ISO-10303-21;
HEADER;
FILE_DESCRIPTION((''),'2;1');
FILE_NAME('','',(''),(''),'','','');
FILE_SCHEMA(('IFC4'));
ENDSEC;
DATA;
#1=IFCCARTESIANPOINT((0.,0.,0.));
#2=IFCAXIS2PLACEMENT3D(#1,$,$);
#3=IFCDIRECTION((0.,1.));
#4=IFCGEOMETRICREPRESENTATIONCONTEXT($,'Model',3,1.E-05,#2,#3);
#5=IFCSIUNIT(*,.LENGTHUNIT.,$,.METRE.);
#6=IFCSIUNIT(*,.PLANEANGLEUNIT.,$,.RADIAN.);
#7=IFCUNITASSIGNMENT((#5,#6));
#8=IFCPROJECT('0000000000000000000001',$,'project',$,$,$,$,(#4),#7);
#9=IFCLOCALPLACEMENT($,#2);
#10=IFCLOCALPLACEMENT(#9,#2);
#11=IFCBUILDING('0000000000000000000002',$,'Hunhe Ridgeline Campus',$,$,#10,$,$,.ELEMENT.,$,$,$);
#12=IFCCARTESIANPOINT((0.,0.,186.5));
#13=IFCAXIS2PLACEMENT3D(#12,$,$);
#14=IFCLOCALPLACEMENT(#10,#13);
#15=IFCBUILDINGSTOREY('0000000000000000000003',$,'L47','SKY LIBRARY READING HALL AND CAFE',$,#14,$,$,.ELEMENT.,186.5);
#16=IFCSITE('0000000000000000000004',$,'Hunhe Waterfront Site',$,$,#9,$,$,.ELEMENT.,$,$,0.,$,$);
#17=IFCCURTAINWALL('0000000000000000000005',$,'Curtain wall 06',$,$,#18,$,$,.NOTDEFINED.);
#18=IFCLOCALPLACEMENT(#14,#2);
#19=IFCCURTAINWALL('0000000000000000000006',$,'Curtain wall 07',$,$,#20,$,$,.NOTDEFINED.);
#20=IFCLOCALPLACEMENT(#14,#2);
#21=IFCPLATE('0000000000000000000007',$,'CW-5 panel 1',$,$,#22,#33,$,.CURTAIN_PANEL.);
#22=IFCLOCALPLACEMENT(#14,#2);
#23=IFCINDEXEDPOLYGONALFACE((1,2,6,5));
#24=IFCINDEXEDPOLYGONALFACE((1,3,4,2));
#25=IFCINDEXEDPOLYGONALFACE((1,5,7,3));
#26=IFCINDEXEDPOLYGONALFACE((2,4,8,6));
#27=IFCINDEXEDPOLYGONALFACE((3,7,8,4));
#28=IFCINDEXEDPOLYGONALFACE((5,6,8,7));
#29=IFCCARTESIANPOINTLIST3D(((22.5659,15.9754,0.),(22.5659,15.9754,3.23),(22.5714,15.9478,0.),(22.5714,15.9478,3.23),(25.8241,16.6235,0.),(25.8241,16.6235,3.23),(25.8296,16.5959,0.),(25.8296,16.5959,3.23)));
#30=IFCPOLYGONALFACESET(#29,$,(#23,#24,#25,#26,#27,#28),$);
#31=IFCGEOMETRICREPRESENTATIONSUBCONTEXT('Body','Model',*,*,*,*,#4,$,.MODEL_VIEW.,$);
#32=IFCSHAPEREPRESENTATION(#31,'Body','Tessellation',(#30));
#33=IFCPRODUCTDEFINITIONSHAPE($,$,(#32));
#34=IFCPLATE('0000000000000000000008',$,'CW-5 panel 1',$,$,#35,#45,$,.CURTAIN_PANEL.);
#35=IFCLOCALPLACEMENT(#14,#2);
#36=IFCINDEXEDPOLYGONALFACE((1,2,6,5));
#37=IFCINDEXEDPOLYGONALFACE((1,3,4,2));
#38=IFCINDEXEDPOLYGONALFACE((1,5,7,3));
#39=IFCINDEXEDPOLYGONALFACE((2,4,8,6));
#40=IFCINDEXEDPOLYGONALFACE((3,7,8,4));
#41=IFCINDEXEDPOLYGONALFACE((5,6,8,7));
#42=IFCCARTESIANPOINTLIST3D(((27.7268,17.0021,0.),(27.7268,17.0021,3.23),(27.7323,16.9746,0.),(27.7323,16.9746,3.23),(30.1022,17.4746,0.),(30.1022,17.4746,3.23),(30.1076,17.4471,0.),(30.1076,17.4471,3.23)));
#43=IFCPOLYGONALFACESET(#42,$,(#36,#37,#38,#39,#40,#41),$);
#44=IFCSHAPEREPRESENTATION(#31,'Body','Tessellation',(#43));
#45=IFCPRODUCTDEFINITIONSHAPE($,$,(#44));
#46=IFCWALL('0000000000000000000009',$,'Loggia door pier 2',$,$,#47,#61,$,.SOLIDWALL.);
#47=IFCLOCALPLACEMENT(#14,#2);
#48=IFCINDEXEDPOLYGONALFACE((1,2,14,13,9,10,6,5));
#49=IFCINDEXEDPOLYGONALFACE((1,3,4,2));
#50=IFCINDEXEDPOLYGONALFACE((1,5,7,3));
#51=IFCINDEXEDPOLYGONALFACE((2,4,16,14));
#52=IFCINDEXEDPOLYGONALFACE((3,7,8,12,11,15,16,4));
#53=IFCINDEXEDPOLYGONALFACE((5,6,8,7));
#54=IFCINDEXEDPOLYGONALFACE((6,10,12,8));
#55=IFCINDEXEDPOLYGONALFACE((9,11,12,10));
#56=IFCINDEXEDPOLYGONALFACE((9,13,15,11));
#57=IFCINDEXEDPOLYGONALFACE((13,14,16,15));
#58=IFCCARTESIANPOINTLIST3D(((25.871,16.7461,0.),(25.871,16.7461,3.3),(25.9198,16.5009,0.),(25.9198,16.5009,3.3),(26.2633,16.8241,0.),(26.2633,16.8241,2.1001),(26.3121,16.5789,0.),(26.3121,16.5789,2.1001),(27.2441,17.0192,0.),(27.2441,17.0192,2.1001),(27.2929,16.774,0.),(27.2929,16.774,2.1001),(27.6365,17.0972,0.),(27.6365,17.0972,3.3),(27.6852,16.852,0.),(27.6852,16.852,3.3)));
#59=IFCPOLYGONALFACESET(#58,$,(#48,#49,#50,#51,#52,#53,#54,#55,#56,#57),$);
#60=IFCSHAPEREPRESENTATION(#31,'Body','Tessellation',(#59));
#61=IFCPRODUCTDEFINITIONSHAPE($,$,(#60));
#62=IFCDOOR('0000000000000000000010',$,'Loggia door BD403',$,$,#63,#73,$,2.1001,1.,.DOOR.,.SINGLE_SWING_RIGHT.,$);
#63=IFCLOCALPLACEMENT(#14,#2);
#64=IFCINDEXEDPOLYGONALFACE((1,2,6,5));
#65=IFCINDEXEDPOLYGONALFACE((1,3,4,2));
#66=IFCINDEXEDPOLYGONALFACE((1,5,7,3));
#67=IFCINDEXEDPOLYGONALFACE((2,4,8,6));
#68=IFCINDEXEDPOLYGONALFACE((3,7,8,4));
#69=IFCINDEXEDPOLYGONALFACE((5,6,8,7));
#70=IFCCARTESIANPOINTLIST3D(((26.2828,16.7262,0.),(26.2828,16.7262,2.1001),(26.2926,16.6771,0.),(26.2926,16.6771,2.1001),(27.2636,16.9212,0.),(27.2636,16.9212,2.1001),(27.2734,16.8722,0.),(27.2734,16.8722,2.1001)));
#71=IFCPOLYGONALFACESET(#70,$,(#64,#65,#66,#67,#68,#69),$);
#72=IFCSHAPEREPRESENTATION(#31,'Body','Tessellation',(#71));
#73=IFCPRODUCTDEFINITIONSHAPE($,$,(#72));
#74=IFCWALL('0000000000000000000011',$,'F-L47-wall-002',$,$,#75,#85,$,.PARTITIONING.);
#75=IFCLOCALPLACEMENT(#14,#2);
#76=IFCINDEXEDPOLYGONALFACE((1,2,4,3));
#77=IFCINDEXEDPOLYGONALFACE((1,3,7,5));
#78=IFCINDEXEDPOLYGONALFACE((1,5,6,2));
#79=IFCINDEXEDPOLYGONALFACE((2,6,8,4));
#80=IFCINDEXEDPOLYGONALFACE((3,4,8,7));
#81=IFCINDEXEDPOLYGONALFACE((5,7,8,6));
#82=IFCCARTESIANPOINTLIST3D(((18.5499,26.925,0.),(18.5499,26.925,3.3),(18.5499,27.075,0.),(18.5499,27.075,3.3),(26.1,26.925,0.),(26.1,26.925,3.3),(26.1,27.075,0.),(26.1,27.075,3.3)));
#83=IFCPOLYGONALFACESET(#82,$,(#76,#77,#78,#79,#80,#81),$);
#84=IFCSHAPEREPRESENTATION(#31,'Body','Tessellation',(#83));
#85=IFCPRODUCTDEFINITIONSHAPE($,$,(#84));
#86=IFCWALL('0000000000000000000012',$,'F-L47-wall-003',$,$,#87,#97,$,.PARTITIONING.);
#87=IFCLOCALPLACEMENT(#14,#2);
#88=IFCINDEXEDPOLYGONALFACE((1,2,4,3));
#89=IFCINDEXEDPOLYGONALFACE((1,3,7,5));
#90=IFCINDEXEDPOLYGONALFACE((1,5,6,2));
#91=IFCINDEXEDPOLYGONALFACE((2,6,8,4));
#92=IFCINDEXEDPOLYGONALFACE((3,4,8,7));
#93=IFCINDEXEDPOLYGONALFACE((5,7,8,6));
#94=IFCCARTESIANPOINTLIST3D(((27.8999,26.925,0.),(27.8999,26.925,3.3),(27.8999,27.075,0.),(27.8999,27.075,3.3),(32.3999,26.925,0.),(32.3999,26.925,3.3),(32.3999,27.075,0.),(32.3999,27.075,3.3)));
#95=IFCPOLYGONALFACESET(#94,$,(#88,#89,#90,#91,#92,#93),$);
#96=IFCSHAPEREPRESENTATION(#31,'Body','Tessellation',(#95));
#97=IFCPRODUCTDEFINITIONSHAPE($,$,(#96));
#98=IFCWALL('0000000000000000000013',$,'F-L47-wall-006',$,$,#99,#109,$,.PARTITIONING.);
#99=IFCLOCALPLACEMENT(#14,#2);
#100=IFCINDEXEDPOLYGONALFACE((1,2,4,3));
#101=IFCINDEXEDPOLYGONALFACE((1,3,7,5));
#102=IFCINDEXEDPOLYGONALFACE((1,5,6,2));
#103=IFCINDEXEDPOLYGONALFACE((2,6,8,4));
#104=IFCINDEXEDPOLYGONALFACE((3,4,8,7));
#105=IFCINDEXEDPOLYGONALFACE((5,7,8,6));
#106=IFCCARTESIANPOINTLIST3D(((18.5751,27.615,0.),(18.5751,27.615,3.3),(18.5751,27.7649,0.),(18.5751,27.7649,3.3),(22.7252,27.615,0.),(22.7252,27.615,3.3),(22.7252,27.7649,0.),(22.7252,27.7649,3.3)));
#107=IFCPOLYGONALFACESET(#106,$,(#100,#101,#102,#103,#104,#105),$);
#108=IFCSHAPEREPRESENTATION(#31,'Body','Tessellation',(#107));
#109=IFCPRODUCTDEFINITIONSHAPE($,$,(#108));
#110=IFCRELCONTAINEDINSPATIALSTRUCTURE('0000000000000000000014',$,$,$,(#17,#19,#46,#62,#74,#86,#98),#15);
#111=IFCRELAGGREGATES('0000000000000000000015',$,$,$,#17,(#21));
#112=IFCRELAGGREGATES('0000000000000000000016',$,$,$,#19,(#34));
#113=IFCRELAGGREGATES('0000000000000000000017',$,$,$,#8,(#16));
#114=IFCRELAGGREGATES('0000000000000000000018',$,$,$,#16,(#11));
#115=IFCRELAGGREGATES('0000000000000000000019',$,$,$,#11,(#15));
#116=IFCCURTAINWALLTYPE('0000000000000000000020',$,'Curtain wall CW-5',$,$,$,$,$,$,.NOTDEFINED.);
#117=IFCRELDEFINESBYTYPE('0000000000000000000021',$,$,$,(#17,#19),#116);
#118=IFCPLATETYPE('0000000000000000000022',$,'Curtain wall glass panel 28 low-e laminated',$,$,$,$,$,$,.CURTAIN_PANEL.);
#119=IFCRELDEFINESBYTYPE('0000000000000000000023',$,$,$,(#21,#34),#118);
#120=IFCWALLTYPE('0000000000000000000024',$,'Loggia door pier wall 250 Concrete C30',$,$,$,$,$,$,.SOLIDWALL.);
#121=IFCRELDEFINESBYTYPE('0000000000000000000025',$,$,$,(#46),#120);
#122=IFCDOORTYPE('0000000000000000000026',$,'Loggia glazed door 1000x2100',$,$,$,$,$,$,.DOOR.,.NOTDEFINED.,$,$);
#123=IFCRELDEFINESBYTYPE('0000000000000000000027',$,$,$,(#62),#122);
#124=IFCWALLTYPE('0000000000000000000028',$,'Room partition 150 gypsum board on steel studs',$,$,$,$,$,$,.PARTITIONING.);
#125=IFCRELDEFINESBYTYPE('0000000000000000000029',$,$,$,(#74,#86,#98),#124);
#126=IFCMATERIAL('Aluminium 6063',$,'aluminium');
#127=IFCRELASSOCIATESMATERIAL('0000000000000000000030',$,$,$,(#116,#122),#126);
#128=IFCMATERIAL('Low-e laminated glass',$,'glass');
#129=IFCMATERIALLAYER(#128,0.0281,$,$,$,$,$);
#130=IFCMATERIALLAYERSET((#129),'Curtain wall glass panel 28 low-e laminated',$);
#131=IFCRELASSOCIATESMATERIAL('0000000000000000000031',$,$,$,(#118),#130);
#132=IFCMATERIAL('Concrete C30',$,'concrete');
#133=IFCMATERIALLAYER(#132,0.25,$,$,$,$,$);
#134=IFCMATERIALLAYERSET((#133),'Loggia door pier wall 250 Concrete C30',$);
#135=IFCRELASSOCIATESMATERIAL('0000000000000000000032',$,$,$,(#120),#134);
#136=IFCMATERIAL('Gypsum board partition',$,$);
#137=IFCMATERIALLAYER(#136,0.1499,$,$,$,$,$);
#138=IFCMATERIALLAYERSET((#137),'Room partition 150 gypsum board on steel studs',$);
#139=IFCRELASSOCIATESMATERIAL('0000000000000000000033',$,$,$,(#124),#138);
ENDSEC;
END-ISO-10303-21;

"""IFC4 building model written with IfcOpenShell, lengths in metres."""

from ifc_helpers import new_model, si_unit, direction, frame, frame_2d, origin, origin_2d, place, context, subcontext, project, spatial, rectangle, extrude, material, layer, layer_set, type_object, element, fill, aggregate, save


model = new_model("IFC4")

# Units and contexts
model_context = context("Model", 3, precision=1e-05, world=origin(), true_north=direction((0.0, 1.0)))
body_context = subcontext(model_context, "Body", "Model", "MODEL_VIEW")
ifc_project = project(units=[si_unit("LENGTHUNIT", "METRE"), si_unit("PLANEANGLEUNIT", "RADIAN")], contexts=[model_context])

# Site, building, storey
site_placement = place(None, origin())
site = spatial("IfcSite", under=ifc_project, at=site_placement, Name="Hunhe Waterfront Site", CompositionType="ELEMENT", RefElevation=0.0)
building_placement = place(site_placement, origin())
building = spatial("IfcBuilding", under=site, at=building_placement, Name="Hunhe Ridgeline Campus", CompositionType="ELEMENT")
storey_placement = place(building_placement, frame((0.0, 0.0, 186.5)))
storey = spatial("IfcBuildingStorey", under=building, at=storey_placement, Name="L47", Description="SKY LIBRARY READING HALL AND CAFE", CompositionType="ELEMENT", Elevation=186.5)

# Curtain walls
ifc_material_1 = material(Name="Aluminium 6063", Category="aluminium")
curtain_wall_type = type_object("IfcCurtainWallType", Name="Curtain wall CW-5", PredefinedType="NOTDEFINED", material=ifc_material_1)
curtain_wall_1_placement = place(storey_placement, origin())
curtain_wall_1 = element("IfcCurtainWall", 1, at=curtain_wall_1_placement, inside=storey, type_object=curtain_wall_type, Name="Curtain wall 06", PredefinedType="NOTDEFINED")
curtain_wall_2_placement = place(storey_placement, origin())
curtain_wall_2 = element("IfcCurtainWall", 2, at=curtain_wall_2_placement, inside=storey, type_object=curtain_wall_type, Name="Curtain wall 07", PredefinedType="NOTDEFINED")

# Plates
ifc_material_2 = material(Name="Low-e laminated glass", Category="glass")
ifc_layer_1 = layer(ifc_material_2, 0.0281)
ifc_layer_set_1 = layer_set([ifc_layer_1], Name="Curtain wall glass panel 28 low-e laminated")
plate_type = type_object("IfcPlateType", Name="Curtain wall glass panel 28 low-e laminated", PredefinedType="CURTAIN_PANEL", material=ifc_layer_set_1)
plate_1_placement = place(storey_placement, frame((24.1978, 16.2856, 0.0), z_axis=(0.0, 0.0, 1.0), x_axis=(0.980785, 0.19509, 0.0)))
plate_1 = element("IfcPlate", 3, at=plate_1_placement, type_object=plate_type, Name="CW-5 panel 1", PredefinedType="CURTAIN_PANEL", context=body_context, shape_type="SweptSolid", body=[
    extrude(rectangle(XDim=3.322, YDim=0.0281, at=origin_2d()), origin(), (0.0, 0.0, 1.0), 3.23),
])
aggregate(curtain_wall_1, [plate_1])
plate_2_placement = place(storey_placement, frame((28.9172, 17.2246, 0.0), z_axis=(0.0, 0.0, 1.0), x_axis=(0.980785, 0.195091, 0.0)))
plate_2 = element("IfcPlate", 4, at=plate_2_placement, type_object=plate_type, Name="CW-5 panel 1", PredefinedType="CURTAIN_PANEL", context=body_context, shape_type="SweptSolid", body=[
    extrude(rectangle(XDim=2.4219, YDim=0.0281, at=origin_2d()), origin(), (0.0, 0.0, 1.0), 3.23),
])
aggregate(curtain_wall_2, [plate_2])

# Wall, opening, door
ifc_material_3 = material(Name="Concrete C30", Category="concrete")
ifc_layer_2 = layer(ifc_material_3, 0.25)
ifc_layer_set_2 = layer_set([ifc_layer_2], Name="Loggia door pier wall 250 Concrete C30")
wall_type_1 = type_object("IfcWallType", Name="Loggia door pier wall 250 Concrete C30", PredefinedType="SOLIDWALL", material=ifc_layer_set_2)
wall_1_placement = place(storey_placement, frame((25.8955, 16.6235, 0.0), z_axis=(0.0, 0.0, 1.0), x_axis=(0.980794, 0.195047, 0.0)))
wall_1 = element("IfcWall", 5, at=wall_1_placement, inside=storey, type_object=wall_type_1, Name="Loggia door pier 2", PredefinedType="SOLIDWALL", context=body_context, shape_type="SweptSolid", body=[
    extrude(rectangle(XDim=1.8, YDim=0.25, at=frame_2d((0.8999, 0.0))), origin(), (0.0, 0.0, 1.0), 3.3),
])
opening_placement = place(wall_1_placement, frame((0.3999, 0.0, 0.0)))
opening = element("IfcOpeningElement", 6, at=opening_placement, cuts=wall_1, PredefinedType="OPENING", context=body_context, shape_type="SweptSolid", body=[
    extrude(rectangle(XDim=1.0, YDim=2.1001, at=frame_2d((0.5, 1.05))), frame((0.0, 0.125, 0.0), z_axis=(0.0, -1.0, 0.0), x_axis=(1.0, 0.0, 0.0)), (0.0, 0.0, 1.0), 0.25),
])
door_type = type_object("IfcDoorType", Name="Loggia glazed door 1000x2100", OperationType="NOTDEFINED", PredefinedType="DOOR", material=ifc_material_1)
door_placement = place(opening_placement, frame((1.0, 0.0, 0.0), z_axis=(0.0, 0.0, 1.0), x_axis=(-1.0, 0.0, 0.0)))
door = element("IfcDoor", 7, at=door_placement, inside=storey, type_object=door_type, Name="Loggia door BD403", OperationType="SINGLE_SWING_RIGHT", OverallHeight=2.1001, OverallWidth=1.0, PredefinedType="DOOR", context=body_context, shape_type="SweptSolid", body=[
    extrude(rectangle(XDim=1.0, YDim=2.1001, at=frame_2d((0.5, 1.05))), frame((0.0, 0.0249, 0.0), z_axis=(0.0, -1.0, 0.0), x_axis=(1.0, 0.0, 0.0)), (0.0, 0.0, 1.0), 0.05),
])
fill(opening, door)

# Walls
ifc_material_4 = material(Name="Gypsum board partition")
ifc_layer_3 = layer(ifc_material_4, 0.1499)
ifc_layer_set_3 = layer_set([ifc_layer_3], Name="Room partition 150 gypsum board on steel studs")
wall_type_2 = type_object("IfcWallType", Name="Room partition 150 gypsum board on steel studs", PredefinedType="PARTITIONING", material=ifc_layer_set_3)
wall_2_placement = place(storey_placement, frame((18.55, 27.0, 0.0), z_axis=(0.0, 0.0, 1.0), x_axis=(1.0, 0.0, 0.0)))
element("IfcWall", 8, at=wall_2_placement, inside=storey, type_object=wall_type_2, Name="F-L47-wall-002", PredefinedType="PARTITIONING", context=body_context, shape_type="SweptSolid", body=[
    extrude(rectangle(XDim=7.55, YDim=0.1499, at=frame_2d((3.7749, 0.0))), origin(), (0.0, 0.0, 1.0), 3.3),
])
wall_3_placement = place(storey_placement, frame((27.8999, 27.0, 0.0), z_axis=(0.0, 0.0, 1.0), x_axis=(1.0, 0.0, 0.0)))
element("IfcWall", 9, at=wall_3_placement, inside=storey, type_object=wall_type_2, Name="F-L47-wall-003", PredefinedType="PARTITIONING", context=body_context, shape_type="SweptSolid", body=[
    extrude(rectangle(XDim=4.5, YDim=0.1499, at=frame_2d((2.25, 0.0))), origin(), (0.0, 0.0, 1.0), 3.3),
])
wall_4_placement = place(storey_placement, frame((18.575, 27.6899, 0.0), z_axis=(0.0, 0.0, 1.0), x_axis=(1.0, 0.0, 0.0)))
element("IfcWall", 10, at=wall_4_placement, inside=storey, type_object=wall_type_2, Name="F-L47-wall-006", PredefinedType="PARTITIONING", context=body_context, shape_type="SweptSolid", body=[
    extrude(rectangle(XDim=4.1501, YDim=0.1499, at=frame_2d((2.0752, 0.0))), origin(), (0.0, 0.0, 1.0), 3.3),
])

save(model, "model.ifc")
